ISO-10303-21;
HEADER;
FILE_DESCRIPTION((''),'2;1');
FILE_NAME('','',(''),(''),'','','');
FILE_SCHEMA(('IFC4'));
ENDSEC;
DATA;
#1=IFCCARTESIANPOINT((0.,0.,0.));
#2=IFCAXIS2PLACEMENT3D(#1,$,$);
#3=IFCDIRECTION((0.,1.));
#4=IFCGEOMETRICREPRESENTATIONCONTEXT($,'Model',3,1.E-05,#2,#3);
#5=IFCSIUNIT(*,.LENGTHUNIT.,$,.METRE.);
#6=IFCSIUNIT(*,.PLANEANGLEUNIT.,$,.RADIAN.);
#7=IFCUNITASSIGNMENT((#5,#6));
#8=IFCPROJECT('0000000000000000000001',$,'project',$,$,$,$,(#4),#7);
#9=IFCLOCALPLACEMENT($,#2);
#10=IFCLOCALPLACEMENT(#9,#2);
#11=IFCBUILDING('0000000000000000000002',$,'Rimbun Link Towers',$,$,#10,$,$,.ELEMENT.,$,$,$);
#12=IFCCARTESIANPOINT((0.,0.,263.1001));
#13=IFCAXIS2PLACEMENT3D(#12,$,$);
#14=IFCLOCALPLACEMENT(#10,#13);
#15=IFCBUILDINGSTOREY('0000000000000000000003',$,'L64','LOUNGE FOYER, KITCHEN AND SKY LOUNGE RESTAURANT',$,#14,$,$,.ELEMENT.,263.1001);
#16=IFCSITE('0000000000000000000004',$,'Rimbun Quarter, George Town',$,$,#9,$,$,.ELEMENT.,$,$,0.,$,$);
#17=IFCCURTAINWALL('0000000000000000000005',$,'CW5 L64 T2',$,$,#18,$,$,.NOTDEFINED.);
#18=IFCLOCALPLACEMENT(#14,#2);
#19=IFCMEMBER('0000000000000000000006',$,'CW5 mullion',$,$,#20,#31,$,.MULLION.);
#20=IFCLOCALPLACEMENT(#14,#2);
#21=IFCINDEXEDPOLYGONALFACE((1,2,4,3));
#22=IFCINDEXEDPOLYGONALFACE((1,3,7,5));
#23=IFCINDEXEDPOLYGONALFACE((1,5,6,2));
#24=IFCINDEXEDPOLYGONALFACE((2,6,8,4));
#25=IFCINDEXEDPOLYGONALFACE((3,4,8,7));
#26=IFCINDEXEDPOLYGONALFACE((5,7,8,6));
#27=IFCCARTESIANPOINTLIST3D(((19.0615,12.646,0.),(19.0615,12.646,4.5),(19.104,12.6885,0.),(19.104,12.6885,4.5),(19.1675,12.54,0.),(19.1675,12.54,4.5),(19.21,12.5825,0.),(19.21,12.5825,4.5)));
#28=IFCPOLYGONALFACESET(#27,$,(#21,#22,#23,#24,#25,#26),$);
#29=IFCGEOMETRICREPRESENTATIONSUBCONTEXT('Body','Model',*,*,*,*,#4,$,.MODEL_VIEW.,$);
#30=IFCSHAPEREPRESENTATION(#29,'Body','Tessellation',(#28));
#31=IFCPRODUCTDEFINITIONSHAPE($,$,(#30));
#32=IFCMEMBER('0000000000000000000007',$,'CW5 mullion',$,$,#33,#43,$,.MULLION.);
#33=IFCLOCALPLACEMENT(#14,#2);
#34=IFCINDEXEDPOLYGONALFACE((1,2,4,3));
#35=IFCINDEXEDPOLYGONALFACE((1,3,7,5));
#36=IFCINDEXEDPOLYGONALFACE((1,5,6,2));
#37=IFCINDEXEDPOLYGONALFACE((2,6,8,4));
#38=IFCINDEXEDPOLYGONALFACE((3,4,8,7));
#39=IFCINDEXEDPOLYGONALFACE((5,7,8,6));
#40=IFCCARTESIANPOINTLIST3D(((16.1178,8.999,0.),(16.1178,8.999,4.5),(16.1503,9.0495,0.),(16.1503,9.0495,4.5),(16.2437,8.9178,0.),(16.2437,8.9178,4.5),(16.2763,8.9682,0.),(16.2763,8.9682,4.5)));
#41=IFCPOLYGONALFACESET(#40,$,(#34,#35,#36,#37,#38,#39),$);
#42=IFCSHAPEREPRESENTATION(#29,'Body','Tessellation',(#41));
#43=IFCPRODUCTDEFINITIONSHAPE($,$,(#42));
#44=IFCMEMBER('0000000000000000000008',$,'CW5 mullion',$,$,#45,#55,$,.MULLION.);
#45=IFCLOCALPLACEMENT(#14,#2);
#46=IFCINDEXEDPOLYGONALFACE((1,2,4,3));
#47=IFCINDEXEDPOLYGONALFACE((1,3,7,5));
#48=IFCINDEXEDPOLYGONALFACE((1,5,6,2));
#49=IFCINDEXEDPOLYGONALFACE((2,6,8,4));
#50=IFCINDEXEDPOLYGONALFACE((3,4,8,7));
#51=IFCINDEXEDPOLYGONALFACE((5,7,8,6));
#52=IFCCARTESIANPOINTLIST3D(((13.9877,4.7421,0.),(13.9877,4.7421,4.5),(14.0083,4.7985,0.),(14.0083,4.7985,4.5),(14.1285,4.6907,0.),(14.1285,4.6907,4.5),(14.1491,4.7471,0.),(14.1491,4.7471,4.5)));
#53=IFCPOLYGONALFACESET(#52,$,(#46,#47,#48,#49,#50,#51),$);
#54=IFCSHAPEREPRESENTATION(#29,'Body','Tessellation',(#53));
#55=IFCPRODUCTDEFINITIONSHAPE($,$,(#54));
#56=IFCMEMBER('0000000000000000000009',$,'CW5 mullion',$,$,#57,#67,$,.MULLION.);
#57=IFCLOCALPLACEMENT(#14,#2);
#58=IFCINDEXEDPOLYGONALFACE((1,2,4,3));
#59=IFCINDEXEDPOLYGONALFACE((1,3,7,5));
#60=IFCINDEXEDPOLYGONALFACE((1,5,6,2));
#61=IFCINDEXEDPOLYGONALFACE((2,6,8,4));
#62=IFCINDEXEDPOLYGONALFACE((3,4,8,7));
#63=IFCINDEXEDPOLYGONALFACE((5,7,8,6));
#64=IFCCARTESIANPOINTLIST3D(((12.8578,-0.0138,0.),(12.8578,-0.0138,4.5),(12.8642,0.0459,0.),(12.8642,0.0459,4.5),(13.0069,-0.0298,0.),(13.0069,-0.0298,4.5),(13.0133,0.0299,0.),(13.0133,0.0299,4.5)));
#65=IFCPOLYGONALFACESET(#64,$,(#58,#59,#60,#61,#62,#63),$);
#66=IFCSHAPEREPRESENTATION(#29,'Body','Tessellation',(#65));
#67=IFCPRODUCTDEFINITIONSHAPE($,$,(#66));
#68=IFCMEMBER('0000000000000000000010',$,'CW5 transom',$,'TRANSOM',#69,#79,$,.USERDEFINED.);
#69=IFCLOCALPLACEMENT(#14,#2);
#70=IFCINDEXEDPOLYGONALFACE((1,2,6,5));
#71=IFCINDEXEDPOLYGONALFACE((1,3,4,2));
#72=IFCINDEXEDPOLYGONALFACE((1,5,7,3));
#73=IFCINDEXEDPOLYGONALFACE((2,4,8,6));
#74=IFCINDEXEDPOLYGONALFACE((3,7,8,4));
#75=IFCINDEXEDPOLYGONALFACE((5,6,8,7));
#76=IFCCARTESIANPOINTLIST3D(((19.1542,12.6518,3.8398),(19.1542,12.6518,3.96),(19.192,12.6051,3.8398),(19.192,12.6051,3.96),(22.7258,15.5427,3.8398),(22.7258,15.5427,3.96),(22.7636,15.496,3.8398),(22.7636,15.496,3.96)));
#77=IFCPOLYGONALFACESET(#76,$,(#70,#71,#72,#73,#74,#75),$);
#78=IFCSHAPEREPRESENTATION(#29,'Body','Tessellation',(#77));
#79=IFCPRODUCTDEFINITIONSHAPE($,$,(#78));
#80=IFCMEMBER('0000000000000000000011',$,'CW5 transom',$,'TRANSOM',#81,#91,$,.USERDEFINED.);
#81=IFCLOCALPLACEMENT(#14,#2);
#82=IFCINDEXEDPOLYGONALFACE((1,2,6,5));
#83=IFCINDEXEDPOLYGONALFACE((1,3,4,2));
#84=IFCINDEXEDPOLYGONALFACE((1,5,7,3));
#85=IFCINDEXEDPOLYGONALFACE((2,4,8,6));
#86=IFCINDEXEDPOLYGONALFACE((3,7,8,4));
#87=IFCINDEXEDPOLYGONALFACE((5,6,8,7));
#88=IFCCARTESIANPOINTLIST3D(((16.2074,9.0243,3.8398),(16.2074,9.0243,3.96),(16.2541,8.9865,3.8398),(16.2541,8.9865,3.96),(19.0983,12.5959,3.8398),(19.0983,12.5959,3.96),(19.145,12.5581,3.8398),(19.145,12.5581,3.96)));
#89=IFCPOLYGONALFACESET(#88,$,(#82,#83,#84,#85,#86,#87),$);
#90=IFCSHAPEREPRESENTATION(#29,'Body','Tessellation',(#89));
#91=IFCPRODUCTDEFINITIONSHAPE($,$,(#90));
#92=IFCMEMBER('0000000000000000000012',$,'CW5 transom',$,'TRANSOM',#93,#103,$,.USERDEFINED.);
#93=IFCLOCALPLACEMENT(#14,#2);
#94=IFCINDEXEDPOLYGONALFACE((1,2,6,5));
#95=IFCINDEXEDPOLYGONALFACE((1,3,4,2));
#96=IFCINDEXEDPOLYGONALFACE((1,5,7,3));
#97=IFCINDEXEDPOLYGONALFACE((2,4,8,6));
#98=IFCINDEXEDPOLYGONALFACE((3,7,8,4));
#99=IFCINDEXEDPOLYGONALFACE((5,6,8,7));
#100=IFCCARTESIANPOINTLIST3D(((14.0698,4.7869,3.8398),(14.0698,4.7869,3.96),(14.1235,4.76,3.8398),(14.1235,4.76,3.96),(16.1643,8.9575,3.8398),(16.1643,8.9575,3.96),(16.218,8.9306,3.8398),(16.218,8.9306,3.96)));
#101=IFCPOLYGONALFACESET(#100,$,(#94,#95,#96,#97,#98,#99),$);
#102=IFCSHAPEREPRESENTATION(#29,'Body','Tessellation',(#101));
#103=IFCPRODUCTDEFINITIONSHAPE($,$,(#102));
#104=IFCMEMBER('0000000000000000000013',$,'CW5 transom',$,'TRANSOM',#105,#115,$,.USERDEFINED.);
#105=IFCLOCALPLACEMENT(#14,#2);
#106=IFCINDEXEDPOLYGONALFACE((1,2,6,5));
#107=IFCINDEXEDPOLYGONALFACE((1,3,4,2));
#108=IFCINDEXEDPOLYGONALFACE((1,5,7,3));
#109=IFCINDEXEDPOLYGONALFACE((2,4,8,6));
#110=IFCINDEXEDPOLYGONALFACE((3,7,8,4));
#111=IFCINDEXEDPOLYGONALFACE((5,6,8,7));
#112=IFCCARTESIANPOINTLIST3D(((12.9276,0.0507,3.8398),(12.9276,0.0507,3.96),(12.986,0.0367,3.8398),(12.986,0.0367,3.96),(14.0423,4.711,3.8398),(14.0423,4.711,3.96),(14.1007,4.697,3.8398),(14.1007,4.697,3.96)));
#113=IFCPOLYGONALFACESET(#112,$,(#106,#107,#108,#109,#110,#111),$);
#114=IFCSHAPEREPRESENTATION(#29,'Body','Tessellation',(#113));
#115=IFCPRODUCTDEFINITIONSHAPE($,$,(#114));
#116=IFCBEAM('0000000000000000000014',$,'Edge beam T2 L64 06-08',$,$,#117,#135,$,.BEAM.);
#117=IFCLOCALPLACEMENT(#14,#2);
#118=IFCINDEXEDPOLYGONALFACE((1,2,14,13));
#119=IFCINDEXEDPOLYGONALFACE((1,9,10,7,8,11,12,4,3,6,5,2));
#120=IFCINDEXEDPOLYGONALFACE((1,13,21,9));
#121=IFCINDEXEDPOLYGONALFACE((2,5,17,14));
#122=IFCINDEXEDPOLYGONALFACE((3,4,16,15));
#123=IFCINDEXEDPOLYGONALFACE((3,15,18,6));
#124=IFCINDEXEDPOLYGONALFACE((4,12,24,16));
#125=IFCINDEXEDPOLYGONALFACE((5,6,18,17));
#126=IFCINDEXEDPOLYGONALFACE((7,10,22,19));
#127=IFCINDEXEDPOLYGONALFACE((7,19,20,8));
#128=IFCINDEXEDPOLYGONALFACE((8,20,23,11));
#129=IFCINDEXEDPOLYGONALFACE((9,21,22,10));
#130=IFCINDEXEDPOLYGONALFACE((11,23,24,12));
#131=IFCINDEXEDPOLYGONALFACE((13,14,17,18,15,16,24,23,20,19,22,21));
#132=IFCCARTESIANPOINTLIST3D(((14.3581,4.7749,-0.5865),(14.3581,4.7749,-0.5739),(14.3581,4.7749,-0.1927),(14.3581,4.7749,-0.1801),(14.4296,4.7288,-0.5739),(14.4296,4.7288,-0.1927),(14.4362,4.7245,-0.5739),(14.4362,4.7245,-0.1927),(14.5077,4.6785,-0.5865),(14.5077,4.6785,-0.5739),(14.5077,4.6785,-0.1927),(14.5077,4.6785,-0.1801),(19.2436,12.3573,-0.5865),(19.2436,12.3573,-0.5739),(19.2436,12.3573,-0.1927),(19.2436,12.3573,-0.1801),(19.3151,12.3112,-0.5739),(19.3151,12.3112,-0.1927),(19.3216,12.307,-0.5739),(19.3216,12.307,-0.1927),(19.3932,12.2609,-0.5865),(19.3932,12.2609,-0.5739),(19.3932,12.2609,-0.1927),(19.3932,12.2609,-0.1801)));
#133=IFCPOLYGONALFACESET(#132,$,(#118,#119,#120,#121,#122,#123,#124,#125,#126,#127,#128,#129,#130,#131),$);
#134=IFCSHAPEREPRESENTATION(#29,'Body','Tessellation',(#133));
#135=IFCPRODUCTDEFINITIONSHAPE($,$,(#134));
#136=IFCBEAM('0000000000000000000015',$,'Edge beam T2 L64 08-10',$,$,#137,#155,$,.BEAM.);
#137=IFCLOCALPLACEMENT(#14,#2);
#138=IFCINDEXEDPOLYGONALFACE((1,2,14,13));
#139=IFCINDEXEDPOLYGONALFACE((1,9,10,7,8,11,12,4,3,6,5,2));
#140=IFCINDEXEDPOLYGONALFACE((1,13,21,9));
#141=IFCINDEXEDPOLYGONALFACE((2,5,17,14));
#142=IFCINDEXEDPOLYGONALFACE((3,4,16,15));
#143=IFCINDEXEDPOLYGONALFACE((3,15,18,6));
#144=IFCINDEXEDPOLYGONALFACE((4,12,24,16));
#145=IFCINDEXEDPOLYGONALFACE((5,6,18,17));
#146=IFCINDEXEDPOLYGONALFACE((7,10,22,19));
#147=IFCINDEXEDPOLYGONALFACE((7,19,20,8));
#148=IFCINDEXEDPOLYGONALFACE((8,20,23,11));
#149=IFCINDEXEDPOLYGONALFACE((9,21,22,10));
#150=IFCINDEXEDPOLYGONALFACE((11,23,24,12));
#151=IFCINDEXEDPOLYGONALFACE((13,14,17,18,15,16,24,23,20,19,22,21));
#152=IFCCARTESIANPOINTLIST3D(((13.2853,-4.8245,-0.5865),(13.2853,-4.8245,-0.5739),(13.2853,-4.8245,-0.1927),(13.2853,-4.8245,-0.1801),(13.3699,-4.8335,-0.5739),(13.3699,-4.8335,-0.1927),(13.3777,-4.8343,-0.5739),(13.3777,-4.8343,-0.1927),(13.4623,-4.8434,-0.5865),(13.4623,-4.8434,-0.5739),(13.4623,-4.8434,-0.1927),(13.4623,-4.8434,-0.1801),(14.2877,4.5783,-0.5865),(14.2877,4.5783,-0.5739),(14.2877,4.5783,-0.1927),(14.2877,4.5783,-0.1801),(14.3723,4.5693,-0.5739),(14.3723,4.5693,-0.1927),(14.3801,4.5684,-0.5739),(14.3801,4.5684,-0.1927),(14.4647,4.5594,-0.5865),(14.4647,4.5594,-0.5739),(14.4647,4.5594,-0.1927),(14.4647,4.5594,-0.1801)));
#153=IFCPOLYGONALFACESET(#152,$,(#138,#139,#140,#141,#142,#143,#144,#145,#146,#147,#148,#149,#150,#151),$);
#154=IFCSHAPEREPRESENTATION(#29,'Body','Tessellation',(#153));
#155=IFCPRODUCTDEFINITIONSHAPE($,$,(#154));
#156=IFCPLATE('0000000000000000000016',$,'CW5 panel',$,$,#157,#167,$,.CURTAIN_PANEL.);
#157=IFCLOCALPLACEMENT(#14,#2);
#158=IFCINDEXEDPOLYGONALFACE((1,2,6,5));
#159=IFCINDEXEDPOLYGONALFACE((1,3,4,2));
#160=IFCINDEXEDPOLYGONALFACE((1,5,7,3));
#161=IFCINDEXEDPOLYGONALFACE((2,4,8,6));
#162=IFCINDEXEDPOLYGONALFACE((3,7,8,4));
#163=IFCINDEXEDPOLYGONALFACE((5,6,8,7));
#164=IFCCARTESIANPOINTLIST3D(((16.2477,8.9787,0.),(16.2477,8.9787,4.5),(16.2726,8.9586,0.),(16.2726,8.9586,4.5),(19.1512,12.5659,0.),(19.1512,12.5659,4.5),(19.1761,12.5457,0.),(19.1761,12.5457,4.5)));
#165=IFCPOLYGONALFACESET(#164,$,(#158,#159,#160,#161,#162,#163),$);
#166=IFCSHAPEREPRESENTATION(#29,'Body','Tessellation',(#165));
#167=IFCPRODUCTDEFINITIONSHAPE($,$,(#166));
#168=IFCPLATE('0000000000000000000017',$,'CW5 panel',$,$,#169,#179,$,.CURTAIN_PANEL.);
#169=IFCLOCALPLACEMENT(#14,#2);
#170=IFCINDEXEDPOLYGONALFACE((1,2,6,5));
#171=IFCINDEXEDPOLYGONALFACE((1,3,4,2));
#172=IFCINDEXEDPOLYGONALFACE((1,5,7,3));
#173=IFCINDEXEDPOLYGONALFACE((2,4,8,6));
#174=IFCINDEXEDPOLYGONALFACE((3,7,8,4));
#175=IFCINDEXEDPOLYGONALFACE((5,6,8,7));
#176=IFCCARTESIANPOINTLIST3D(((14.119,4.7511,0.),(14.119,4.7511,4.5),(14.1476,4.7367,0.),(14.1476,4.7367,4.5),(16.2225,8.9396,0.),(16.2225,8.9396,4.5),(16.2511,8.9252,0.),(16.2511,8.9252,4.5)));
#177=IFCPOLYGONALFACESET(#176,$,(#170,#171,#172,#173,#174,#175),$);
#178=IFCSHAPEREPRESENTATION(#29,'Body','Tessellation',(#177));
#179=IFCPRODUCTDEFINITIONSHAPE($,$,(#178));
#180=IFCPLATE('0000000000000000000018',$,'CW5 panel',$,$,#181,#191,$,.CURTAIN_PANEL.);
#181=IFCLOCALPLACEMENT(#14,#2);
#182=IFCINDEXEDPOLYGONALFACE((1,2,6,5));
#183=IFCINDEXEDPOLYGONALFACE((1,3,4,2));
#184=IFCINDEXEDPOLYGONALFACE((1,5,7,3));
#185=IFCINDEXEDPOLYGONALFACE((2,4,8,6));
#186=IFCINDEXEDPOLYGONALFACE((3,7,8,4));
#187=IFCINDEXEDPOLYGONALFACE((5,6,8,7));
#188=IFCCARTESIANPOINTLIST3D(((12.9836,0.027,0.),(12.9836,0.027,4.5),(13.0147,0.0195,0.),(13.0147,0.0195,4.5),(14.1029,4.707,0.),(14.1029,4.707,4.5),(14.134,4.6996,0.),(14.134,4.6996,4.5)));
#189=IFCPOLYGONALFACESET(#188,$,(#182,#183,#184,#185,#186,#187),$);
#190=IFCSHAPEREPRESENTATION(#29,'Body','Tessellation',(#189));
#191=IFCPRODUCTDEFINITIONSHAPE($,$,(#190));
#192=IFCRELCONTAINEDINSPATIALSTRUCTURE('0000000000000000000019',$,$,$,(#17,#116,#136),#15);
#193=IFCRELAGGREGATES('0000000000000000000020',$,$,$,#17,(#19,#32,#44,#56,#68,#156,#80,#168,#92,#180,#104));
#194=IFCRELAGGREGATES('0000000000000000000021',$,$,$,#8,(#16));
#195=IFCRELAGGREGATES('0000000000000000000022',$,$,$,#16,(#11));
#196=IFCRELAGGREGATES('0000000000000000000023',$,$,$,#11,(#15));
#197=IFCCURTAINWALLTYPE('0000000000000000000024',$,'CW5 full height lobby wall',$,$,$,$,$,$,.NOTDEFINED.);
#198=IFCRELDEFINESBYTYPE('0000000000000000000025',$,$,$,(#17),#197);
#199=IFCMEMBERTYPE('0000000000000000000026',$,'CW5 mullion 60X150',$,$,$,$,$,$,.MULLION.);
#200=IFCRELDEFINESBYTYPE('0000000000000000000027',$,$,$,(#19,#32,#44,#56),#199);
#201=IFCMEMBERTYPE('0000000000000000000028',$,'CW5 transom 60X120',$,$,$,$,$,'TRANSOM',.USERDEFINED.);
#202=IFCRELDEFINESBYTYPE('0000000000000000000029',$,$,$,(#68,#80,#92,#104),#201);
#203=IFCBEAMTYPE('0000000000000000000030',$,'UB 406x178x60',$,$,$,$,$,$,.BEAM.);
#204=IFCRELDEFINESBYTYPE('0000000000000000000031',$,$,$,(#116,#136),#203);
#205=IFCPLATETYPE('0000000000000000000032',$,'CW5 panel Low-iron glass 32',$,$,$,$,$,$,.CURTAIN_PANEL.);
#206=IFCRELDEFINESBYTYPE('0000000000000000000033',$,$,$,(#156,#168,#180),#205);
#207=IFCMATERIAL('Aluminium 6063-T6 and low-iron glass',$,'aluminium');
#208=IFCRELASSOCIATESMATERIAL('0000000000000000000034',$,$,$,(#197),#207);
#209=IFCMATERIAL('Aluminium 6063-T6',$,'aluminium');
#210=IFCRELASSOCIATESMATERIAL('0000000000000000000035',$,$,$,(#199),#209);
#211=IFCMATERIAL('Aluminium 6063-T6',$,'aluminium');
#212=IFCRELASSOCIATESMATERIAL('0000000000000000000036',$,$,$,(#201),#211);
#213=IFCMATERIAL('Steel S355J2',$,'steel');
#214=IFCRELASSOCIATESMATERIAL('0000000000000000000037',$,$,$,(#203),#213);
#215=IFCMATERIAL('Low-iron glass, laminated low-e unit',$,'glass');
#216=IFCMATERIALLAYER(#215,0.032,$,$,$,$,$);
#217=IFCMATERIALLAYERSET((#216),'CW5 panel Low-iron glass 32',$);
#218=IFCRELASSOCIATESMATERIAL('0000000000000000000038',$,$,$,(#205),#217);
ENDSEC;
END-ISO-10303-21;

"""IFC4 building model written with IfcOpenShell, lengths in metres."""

from ifc_helpers import new_model, si_unit, direction, frame, origin, origin_2d, place, context, subcontext, project, spatial, rectangle, i_section, extrude, material, layer, layer_set, material_profile, profile_set, type_object, element, aggregate, save


model = new_model("IFC4")

# Units and contexts
model_context = context("Model", 3, precision=1e-05, world=origin(), true_north=direction((0.0, 1.0)))
body_context = subcontext(model_context, "Body", "Model", "MODEL_VIEW")
ifc_project = project(units=[si_unit("LENGTHUNIT", "METRE"), si_unit("PLANEANGLEUNIT", "RADIAN")], contexts=[model_context])

# Site, building, storey
site_placement = place(None, origin())
site = spatial("IfcSite", under=ifc_project, at=site_placement, Name="Rimbun Quarter, George Town", CompositionType="ELEMENT", RefElevation=0.0)
building_placement = place(site_placement, origin())
building = spatial("IfcBuilding", under=site, at=building_placement, Name="Rimbun Link Towers", CompositionType="ELEMENT")
storey_placement = place(building_placement, frame((0.0, 0.0, 263.1001)))
storey = spatial("IfcBuildingStorey", under=building, at=storey_placement, Name="L64", Description="LOUNGE FOYER, KITCHEN AND SKY LOUNGE RESTAURANT", CompositionType="ELEMENT", Elevation=263.1001)

# Curtain wall, members
ifc_material_1 = material(Name="Aluminium 6063-T6 and low-iron glass", Category="aluminium")
curtain_wall_type = type_object("IfcCurtainWallType", Name="CW5 full height lobby wall", PredefinedType="NOTDEFINED", material=ifc_material_1)
curtain_wall_placement = place(storey_placement, origin())
curtain_wall = element("IfcCurtainWall", 1, at=curtain_wall_placement, inside=storey, type_object=curtain_wall_type, Name="CW5 L64 T2", PredefinedType="NOTDEFINED")
ifc_material_2 = material(Name="Aluminium 6063-T6", Category="aluminium")
ifc_material_profile_1 = material_profile(ifc_material_2, rectangle(XDim=0.1499, YDim=0.0601, at=origin_2d()), Name="MULLION 60X150")
ifc_profile_set_1 = profile_set([ifc_material_profile_1], Name="Aluminium 6063-T6")
member_type_1 = type_object("IfcMemberType", Name="CW5 mullion 60X150", PredefinedType="MULLION", material=ifc_profile_set_1)
member_1_placement = place(storey_placement, frame((19.1357, 12.6143, 0.0), z_axis=(0.0, 0.0, 1.0), x_axis=(-0.707107, 0.707107, 0.0)))
member_1 = element("IfcMember", 2, at=member_1_placement, type_object=member_type_1, Name="CW5 mullion", PredefinedType="MULLION", context=body_context, shape_type="SweptSolid", body=[
    extrude(rectangle(XDim=0.1499, YDim=0.0601, at=origin_2d()), origin(), (0.0, 0.0, 1.0), 4.5),
])
member_2_placement = place(storey_placement, frame((16.197, 8.9836, 0.0), z_axis=(0.0, 0.0, 1.0), x_axis=(-0.840317, 0.542096, 0.0)))
member_2 = element("IfcMember", 3, at=member_2_placement, type_object=member_type_1, Name="CW5 mullion", PredefinedType="MULLION", context=body_context, shape_type="SweptSolid", body=[
    extrude(rectangle(XDim=0.1499, YDim=0.0601, at=origin_2d()), origin(), (0.0, 0.0, 1.0), 4.5),
])
member_3_placement = place(storey_placement, frame((14.0684, 4.7446, 0.0), z_axis=(0.0, 0.0, 1.0), x_axis=(-0.939345, 0.342975, 0.0)))
member_3 = element("IfcMember", 4, at=member_3_placement, type_object=member_type_1, Name="CW5 mullion", PredefinedType="MULLION", context=body_context, shape_type="SweptSolid", body=[
    extrude(rectangle(XDim=0.1499, YDim=0.0601, at=origin_2d()), origin(), (0.0, 0.0, 1.0), 4.5),
])
member_4_placement = place(storey_placement, frame((12.9355, 0.0081, 0.0), z_axis=(0.0, 0.0, 1.0), x_axis=(-0.994297, 0.106642, 0.0)))
member_4 = element("IfcMember", 5, at=member_4_placement, type_object=member_type_1, Name="CW5 mullion", PredefinedType="MULLION", context=body_context, shape_type="SweptSolid", body=[
    extrude(rectangle(XDim=0.1499, YDim=0.0601, at=origin_2d()), origin(), (0.0, 0.0, 1.0), 4.5),
])
ifc_material_3 = material(Name="Aluminium 6063-T6", Category="aluminium")
ifc_material_profile_2 = material_profile(ifc_material_3, rectangle(XDim=0.0601, YDim=0.1201, at=origin_2d()), Name="TRANSOM 60X120")
ifc_profile_set_2 = profile_set([ifc_material_profile_2], Name="Aluminium 6063-T6")
member_type_2 = type_object("IfcMemberType", Name="CW5 transom 60X120", ElementType="TRANSOM", PredefinedType="USERDEFINED", material=ifc_profile_set_2)
member_5_placement = place(storey_placement, frame((19.1731, 12.6284, 3.8999), z_axis=(0.777284, 0.629149, 0.0), x_axis=(-0.629149, 0.777284, 0.0)))
member_5 = element("IfcMember", 6, at=member_5_placement, type_object=member_type_2, Name="CW5 transom", ObjectType="TRANSOM", PredefinedType="USERDEFINED", context=body_context, shape_type="SweptSolid", body=[
    extrude(rectangle(XDim=0.0601, YDim=0.1201, at=origin_2d()), origin(), (0.0, 0.0, 1.0), 4.595),
])
member_6_placement = place(storey_placement, frame((16.2307, 9.0054, 3.8999), z_axis=(0.629149, 0.777284, 0.0), x_axis=(-0.777284, 0.629149, 0.0)))
member_6 = element("IfcMember", 7, at=member_6_placement, type_object=member_type_2, Name="CW5 transom", ObjectType="TRANSOM", PredefinedType="USERDEFINED", context=body_context, shape_type="SweptSolid", body=[
    extrude(rectangle(XDim=0.0601, YDim=0.1201, at=origin_2d()), origin(), (0.0, 0.0, 1.0), 4.595),
])
member_7_placement = place(storey_placement, frame((14.0967, 4.7734, 3.8999), z_axis=(0.448782, 0.893641, 0.0), x_axis=(-0.893641, 0.448782, 0.0)))
member_7 = element("IfcMember", 8, at=member_7_placement, type_object=member_type_2, Name="CW5 transom", ObjectType="TRANSOM", PredefinedType="USERDEFINED", context=body_context, shape_type="SweptSolid", body=[
    extrude(rectangle(XDim=0.0601, YDim=0.1201, at=origin_2d()), origin(), (0.0, 0.0, 1.0), 4.667),
])
member_8_placement = place(storey_placement, frame((12.9568, 0.0437, 3.8999), z_axis=(0.232633, 0.972565, 0.0), x_axis=(-0.972565, 0.232633, 0.0)))
member_8 = element("IfcMember", 9, at=member_8_placement, type_object=member_type_2, Name="CW5 transom", ObjectType="TRANSOM", PredefinedType="USERDEFINED", context=body_context, shape_type="SweptSolid", body=[
    extrude(rectangle(XDim=0.0601, YDim=0.1201, at=origin_2d()), origin(), (0.0, 0.0, 1.0), 4.7917),
])

# Beams
ifc_material_4 = material(Name="Steel S355J2", Category="steel")
ifc_material_profile_3 = material_profile(ifc_material_4, i_section(OverallWidth=0.178, OverallDepth=0.4065, WebThickness=0.0078, FlangeThickness=0.0127, at=origin_2d()), Name="UB 406x178x60")
ifc_profile_set_3 = profile_set([ifc_material_profile_3], Name="Steel S355J2")
beam_type = type_object("IfcBeamType", Name="UB 406x178x60", PredefinedType="BEAM", material=ifc_profile_set_3)
beam_1_placement = place(storey_placement, frame((19.3184, 12.3091, -0.3833), z_axis=(-0.541622, -0.840622, 0.0), x_axis=(0.840622, -0.541622, 0.0)))
element("IfcBeam", 10, at=beam_1_placement, inside=storey, type_object=beam_type, Name="Edge beam T2 L64 06-08", PredefinedType="BEAM", context=body_context, shape_type="SweptSolid", body=[
    extrude(i_section(OverallWidth=0.178, OverallDepth=0.4065, WebThickness=0.0078, FlangeThickness=0.0127, at=origin_2d()), origin(), (0.0, 0.0, 1.0), 9.02),
])
beam_2_placement = place(storey_placement, frame((14.3762, 4.5688, -0.3833), z_axis=(-0.10601, -0.994365, 0.0), x_axis=(0.994365, -0.10601, 0.0)))
element("IfcBeam", 11, at=beam_2_placement, inside=storey, type_object=beam_type, Name="Edge beam T2 L64 08-10", PredefinedType="BEAM", context=body_context, shape_type="SweptSolid", body=[
    extrude(i_section(OverallWidth=0.178, OverallDepth=0.4065, WebThickness=0.0078, FlangeThickness=0.0127, at=origin_2d()), origin(), (0.0, 0.0, 1.0), 9.4561),
])

# Plates
ifc_material_5 = material(Name="Low-iron glass, laminated low-e unit", Category="glass")
ifc_layer_1 = layer(ifc_material_5, 0.032)
ifc_layer_set_1 = layer_set([ifc_layer_1], Name="CW5 panel Low-iron glass 32")
plate_type = type_object("IfcPlateType", Name="CW5 panel Low-iron glass 32", PredefinedType="CURTAIN_PANEL", material=ifc_layer_set_1)
plate_1_placement = place(storey_placement, frame((17.7119, 10.7622, 0.0), z_axis=(0.0, 0.0, 1.0), x_axis=(0.629144, 0.777289, 0.0)))
plate_1 = element("IfcPlate", 12, at=plate_1_placement, type_object=plate_type, Name="CW5 panel", PredefinedType="CURTAIN_PANEL", context=body_context, shape_type="SweptSolid", body=[
    extrude(rectangle(XDim=4.615, YDim=0.032, at=origin_2d()), origin(), (0.0, 0.0, 1.0), 4.5),
])
plate_2_placement = place(storey_placement, frame((15.1851, 6.8381, 0.0), z_axis=(0.0, 0.0, 1.0), x_axis=(0.448787, 0.893639, 0.0)))
plate_2 = element("IfcPlate", 13, at=plate_2_placement, type_object=plate_type, Name="CW5 panel", PredefinedType="CURTAIN_PANEL", context=body_context, shape_type="SweptSolid", body=[
    extrude(rectangle(XDim=4.687, YDim=0.032, at=origin_2d()), origin(), (0.0, 0.0, 1.0), 4.5),
])
plate_3_placement = place(storey_placement, frame((13.5588, 2.3633, 0.0), z_axis=(0.0, 0.0, 1.0), x_axis=(0.232606, 0.972571, 0.0)))
plate_3 = element("IfcPlate", 14, at=plate_3_placement, type_object=plate_type, Name="CW5 panel", PredefinedType="CURTAIN_PANEL", context=body_context, shape_type="SweptSolid", body=[
    extrude(rectangle(XDim=4.812, YDim=0.032, at=origin_2d()), origin(), (0.0, 0.0, 1.0), 4.5),
])
aggregate(curtain_wall, [member_1, member_2, member_3, member_4, member_5, plate_1, member_6, plate_2, member_7, plate_3, member_8])

save(model, "model.ifc")
